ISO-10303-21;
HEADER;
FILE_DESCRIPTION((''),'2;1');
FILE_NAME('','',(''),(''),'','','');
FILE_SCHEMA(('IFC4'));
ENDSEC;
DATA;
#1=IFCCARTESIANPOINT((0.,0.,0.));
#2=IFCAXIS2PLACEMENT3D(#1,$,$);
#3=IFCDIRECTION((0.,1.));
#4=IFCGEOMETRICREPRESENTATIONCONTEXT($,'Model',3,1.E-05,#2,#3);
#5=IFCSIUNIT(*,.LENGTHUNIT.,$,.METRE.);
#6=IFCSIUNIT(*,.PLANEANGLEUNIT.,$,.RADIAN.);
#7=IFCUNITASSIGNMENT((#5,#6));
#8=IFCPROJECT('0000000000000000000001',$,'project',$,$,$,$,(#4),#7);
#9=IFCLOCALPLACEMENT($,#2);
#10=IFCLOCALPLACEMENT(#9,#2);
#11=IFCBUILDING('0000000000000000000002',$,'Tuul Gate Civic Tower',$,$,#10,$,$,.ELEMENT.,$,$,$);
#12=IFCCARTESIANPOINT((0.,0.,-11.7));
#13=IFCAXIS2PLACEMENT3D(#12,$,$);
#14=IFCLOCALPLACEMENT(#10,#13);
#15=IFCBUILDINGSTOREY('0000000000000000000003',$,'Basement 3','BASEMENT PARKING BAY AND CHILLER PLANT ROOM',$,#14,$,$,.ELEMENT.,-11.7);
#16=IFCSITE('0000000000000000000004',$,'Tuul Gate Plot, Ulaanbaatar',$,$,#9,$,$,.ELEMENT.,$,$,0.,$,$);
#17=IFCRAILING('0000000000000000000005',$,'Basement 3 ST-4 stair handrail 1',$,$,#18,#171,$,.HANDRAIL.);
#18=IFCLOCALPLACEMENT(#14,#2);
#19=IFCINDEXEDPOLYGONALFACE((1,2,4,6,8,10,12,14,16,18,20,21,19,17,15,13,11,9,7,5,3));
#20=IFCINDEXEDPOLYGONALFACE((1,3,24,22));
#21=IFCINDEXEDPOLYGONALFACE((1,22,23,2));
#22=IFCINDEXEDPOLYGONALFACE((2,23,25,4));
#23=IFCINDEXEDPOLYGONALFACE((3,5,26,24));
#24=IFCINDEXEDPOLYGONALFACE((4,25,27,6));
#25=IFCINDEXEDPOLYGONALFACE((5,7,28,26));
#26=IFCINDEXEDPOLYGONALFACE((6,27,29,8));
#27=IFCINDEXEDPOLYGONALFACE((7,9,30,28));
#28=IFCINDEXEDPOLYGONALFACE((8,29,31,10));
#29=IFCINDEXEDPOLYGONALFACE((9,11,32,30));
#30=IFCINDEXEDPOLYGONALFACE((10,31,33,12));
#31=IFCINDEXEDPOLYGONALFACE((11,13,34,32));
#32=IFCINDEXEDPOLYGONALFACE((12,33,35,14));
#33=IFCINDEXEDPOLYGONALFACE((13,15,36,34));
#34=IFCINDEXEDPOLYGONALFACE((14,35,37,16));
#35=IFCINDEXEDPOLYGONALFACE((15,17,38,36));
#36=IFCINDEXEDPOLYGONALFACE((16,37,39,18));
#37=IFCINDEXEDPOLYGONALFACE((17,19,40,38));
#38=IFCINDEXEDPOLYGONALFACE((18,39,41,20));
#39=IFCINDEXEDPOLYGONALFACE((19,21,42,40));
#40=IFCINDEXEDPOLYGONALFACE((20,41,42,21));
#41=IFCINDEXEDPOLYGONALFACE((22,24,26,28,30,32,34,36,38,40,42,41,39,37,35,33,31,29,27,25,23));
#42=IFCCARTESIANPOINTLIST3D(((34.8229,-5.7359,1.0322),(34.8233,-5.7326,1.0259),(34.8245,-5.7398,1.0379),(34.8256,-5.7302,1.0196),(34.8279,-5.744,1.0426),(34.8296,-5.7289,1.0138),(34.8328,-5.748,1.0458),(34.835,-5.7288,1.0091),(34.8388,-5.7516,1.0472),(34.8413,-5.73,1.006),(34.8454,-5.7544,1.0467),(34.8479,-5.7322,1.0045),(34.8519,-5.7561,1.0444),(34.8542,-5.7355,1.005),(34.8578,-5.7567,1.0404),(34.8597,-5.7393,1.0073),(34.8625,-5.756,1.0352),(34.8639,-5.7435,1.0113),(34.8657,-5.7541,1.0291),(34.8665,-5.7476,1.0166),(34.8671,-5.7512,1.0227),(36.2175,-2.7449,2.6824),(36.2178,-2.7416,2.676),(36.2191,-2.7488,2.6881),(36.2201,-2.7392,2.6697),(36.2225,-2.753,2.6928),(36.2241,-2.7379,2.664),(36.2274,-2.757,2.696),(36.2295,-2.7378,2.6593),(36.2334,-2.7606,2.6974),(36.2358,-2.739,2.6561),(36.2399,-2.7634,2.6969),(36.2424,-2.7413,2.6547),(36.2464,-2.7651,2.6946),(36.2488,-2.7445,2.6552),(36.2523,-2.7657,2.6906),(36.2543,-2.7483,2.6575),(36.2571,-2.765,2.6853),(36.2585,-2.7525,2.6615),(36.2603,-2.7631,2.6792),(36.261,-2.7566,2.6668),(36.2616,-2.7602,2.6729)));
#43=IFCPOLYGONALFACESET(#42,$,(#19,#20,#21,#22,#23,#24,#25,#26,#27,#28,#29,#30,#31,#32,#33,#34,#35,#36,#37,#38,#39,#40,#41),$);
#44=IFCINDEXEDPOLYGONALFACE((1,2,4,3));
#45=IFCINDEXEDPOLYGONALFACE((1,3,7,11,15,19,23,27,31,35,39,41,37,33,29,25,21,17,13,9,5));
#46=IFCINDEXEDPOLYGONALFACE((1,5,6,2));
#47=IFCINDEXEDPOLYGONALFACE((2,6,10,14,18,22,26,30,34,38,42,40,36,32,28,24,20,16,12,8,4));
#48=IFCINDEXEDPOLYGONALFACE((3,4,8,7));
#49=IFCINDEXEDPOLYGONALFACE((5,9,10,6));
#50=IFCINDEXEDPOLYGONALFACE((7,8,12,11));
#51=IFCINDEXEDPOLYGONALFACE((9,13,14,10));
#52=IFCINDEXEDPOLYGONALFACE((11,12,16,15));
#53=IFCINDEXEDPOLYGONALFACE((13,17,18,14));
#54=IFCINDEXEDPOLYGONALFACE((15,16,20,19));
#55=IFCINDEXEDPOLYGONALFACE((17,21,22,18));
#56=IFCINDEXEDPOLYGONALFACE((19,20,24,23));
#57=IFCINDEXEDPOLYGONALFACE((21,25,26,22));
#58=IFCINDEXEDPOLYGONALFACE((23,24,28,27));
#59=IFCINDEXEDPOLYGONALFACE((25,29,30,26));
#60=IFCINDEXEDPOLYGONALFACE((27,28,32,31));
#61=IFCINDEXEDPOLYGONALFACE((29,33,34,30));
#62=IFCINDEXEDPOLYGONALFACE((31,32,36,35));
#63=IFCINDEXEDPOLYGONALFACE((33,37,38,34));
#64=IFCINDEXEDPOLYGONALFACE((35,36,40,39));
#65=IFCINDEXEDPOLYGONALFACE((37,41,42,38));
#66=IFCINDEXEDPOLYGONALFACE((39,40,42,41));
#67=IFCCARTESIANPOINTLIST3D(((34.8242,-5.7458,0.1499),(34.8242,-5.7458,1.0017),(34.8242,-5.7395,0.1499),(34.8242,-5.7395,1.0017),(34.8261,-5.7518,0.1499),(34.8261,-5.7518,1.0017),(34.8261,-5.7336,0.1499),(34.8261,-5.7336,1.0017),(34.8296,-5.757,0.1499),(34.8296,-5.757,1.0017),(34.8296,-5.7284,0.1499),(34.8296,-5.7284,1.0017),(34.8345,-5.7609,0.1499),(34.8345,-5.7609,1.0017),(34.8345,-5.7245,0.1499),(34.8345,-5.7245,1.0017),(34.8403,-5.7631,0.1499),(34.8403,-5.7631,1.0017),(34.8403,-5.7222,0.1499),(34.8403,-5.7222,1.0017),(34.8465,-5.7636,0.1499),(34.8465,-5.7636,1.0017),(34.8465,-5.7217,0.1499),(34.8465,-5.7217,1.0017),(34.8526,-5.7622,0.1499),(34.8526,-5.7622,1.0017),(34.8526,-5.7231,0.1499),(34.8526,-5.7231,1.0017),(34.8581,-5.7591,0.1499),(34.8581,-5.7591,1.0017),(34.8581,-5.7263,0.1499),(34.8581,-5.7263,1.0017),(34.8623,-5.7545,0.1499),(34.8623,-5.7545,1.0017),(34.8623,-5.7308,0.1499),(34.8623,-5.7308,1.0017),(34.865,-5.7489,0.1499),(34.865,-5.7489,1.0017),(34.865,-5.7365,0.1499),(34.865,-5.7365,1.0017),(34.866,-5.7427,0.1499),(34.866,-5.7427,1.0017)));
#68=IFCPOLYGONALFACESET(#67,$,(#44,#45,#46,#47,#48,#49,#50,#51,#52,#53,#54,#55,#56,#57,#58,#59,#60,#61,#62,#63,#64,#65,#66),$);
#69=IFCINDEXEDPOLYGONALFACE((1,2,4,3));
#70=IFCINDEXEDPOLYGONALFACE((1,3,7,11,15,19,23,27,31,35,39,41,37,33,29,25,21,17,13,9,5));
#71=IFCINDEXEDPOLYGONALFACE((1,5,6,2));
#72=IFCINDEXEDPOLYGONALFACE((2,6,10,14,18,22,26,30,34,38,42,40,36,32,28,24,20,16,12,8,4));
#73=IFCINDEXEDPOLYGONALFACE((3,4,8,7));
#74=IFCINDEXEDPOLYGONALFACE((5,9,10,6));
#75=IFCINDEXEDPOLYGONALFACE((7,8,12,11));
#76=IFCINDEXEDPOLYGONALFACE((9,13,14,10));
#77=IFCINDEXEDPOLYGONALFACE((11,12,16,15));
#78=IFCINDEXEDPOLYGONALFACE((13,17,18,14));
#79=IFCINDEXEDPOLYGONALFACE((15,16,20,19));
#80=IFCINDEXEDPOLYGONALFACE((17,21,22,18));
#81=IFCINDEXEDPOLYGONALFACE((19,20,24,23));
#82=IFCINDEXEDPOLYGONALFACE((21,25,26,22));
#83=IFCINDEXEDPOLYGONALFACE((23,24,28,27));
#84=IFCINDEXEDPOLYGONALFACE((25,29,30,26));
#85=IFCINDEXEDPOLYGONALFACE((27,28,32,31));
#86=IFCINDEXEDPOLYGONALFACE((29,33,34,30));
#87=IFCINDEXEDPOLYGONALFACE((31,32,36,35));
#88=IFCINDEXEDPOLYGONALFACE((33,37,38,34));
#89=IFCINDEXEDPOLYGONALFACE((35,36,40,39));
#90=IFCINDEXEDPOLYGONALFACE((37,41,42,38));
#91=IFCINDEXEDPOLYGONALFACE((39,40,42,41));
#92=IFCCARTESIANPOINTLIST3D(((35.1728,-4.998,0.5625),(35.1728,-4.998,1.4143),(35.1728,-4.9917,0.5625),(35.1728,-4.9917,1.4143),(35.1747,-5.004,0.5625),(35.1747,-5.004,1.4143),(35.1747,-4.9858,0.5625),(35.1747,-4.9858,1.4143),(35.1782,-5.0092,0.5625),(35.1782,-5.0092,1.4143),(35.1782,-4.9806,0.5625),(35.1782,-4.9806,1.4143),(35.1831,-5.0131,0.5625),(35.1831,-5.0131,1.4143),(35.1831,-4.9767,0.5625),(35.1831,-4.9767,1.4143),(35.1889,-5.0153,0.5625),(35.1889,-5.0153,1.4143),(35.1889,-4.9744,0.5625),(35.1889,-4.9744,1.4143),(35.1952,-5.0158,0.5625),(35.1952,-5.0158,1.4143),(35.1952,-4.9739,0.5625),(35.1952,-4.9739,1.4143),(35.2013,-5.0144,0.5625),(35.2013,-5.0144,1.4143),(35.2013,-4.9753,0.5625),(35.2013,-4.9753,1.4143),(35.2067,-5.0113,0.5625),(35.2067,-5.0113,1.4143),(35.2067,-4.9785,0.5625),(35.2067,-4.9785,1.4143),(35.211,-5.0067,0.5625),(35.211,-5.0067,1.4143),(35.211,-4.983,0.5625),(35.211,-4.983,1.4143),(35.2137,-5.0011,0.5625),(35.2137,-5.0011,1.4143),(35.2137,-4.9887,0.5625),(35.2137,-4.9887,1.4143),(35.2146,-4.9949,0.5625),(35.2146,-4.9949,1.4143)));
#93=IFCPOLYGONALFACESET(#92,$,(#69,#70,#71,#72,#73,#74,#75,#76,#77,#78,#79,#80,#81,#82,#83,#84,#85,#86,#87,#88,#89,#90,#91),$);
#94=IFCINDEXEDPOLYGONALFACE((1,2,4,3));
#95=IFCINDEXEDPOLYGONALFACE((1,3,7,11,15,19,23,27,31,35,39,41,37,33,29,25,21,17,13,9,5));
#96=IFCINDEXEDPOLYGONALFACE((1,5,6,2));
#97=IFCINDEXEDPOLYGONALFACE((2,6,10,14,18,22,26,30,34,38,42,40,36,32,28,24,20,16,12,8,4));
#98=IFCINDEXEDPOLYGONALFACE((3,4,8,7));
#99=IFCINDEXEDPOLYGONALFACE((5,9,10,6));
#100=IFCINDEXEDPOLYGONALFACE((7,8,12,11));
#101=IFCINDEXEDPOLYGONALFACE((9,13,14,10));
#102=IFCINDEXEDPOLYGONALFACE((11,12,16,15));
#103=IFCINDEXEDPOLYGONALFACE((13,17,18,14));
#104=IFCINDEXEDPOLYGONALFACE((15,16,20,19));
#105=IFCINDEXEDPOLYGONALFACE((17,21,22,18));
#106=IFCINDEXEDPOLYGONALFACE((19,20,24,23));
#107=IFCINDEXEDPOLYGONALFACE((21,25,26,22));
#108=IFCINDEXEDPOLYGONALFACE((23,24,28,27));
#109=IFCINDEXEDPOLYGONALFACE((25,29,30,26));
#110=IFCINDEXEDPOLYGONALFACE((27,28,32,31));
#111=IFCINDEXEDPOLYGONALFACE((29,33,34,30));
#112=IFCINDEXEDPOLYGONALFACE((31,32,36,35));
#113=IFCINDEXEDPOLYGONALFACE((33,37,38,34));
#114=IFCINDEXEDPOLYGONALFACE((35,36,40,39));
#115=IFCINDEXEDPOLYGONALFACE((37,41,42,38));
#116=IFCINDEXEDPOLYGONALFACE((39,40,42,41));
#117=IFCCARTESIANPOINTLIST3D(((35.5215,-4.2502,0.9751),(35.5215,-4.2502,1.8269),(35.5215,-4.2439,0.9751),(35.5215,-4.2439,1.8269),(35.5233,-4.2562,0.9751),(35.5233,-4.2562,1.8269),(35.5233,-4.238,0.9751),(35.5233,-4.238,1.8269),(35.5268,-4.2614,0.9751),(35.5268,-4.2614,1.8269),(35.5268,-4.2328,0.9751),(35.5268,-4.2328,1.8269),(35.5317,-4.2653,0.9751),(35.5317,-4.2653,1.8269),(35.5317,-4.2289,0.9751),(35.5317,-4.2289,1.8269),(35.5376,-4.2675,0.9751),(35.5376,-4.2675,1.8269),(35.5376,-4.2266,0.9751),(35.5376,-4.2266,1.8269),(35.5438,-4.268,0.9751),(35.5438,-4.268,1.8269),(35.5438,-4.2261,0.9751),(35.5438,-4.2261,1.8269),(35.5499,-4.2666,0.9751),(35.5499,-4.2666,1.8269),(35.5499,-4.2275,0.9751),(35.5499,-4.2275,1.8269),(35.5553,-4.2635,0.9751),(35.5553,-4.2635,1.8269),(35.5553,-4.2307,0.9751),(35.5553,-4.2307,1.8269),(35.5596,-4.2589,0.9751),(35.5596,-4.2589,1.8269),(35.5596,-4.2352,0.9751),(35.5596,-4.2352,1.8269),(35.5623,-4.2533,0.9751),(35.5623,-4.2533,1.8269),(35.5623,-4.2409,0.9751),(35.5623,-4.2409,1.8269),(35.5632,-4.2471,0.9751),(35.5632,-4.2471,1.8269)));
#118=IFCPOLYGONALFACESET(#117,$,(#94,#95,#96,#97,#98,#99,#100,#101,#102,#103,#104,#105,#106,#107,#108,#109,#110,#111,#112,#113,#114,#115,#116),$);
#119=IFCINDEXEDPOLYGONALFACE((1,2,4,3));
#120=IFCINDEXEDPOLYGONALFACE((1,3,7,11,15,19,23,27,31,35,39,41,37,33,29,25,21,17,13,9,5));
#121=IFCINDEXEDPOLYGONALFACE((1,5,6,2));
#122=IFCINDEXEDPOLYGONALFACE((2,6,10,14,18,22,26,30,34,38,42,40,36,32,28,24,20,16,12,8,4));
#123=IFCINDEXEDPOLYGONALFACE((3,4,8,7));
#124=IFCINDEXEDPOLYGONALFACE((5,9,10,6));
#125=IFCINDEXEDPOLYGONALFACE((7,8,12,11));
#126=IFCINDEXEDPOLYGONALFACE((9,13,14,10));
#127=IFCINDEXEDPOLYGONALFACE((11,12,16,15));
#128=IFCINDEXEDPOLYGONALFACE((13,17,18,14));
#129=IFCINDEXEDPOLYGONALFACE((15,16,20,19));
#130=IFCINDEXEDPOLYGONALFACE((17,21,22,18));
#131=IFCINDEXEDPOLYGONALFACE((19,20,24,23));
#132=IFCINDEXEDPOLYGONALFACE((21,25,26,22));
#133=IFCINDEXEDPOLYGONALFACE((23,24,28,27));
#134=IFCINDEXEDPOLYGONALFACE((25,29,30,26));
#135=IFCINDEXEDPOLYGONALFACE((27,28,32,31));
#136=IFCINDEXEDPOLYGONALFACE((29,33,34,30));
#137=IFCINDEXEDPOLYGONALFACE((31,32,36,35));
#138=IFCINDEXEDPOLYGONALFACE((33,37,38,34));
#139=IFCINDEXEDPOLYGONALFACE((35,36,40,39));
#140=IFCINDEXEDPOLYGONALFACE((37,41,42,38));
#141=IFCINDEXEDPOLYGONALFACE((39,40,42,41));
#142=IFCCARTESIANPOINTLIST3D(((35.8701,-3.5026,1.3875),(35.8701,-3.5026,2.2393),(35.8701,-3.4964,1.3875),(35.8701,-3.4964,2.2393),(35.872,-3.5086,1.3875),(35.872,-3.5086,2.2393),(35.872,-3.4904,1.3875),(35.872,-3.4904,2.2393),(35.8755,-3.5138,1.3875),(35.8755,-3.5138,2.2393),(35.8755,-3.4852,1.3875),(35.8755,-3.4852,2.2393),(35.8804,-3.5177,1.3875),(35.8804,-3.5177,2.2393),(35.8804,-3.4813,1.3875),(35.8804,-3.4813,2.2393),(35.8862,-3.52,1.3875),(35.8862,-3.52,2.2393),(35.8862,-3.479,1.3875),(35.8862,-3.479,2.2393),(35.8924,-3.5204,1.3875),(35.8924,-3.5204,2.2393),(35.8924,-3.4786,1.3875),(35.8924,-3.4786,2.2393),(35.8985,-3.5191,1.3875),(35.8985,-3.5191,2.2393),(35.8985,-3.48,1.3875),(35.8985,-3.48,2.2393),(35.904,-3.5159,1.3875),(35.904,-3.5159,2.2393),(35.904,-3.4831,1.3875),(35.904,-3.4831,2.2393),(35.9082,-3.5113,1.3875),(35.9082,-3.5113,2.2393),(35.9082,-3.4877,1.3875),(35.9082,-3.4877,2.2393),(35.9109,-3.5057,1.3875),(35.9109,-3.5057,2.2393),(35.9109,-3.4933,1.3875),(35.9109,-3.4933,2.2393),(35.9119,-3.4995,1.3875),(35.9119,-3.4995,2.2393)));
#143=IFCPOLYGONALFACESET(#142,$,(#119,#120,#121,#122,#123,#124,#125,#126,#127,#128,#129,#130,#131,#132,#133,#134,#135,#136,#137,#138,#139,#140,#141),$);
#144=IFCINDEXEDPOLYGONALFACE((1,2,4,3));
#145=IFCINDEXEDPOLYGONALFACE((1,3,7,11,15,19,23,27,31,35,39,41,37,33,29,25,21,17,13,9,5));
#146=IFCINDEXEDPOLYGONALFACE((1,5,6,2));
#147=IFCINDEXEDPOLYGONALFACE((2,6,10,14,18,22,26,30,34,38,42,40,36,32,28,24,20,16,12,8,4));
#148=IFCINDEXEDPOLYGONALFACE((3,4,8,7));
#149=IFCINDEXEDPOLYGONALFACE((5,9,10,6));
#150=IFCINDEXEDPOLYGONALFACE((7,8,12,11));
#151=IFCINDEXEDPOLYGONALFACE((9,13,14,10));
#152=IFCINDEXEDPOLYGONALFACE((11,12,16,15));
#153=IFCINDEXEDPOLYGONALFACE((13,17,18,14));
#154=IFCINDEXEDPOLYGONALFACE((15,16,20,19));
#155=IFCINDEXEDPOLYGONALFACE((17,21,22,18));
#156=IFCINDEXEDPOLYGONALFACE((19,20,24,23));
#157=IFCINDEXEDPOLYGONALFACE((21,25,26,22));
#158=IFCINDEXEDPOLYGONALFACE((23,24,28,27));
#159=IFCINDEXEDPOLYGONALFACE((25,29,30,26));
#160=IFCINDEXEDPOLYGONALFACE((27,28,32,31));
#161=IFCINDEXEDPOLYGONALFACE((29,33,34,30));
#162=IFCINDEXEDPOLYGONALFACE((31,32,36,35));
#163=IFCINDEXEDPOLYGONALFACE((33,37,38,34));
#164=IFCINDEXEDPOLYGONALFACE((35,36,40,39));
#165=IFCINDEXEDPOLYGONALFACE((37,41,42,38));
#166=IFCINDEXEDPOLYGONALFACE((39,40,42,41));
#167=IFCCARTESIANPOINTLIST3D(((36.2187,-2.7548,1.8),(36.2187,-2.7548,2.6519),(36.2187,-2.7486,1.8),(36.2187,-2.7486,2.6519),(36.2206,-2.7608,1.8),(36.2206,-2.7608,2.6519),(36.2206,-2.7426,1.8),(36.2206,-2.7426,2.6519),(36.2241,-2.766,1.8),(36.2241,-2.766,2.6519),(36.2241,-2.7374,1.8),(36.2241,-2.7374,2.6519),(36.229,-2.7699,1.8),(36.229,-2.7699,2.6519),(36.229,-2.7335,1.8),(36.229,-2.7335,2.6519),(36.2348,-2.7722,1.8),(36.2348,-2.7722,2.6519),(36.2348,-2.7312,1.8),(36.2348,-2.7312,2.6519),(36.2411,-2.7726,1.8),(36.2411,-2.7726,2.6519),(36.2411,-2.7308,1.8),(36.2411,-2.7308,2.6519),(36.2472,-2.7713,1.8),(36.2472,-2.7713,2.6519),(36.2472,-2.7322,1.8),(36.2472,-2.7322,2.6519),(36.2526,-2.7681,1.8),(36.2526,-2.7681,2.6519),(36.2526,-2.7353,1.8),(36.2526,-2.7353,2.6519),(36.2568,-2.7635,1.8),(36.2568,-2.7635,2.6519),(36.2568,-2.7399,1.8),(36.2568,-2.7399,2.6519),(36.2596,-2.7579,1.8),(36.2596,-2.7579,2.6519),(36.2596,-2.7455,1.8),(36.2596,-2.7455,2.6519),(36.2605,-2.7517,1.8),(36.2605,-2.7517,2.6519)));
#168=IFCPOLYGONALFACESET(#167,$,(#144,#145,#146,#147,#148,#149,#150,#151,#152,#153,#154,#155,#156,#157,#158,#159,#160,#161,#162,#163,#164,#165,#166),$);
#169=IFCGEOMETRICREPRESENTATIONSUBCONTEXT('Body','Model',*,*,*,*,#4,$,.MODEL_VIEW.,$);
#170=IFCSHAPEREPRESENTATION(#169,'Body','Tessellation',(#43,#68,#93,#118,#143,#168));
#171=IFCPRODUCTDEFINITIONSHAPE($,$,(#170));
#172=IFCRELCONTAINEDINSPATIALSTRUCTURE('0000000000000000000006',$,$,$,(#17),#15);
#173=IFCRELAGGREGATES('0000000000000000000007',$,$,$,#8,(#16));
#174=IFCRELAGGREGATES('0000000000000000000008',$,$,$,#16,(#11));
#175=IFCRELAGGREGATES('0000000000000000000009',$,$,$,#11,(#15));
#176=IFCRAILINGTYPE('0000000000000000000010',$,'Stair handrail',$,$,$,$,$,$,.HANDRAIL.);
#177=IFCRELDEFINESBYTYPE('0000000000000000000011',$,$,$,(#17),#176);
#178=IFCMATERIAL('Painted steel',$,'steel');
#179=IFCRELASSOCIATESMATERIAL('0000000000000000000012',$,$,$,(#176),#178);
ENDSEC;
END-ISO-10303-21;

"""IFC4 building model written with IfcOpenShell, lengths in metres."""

from ifc_helpers import new_model, si_unit, direction, frame, origin, origin_2d, place, context, subcontext, project, spatial, circle, extrude, material, type_object, element, save


model = new_model("IFC4")

# Units and contexts
model_context = context("Model", 3, precision=1e-05, world=origin(), true_north=direction((0.0, 1.0)))
body_context = subcontext(model_context, "Body", "Model", "MODEL_VIEW")
ifc_project = project(units=[si_unit("LENGTHUNIT", "METRE"), si_unit("PLANEANGLEUNIT", "RADIAN")], contexts=[model_context])

# Site, building, storey
site_placement = place(None, origin())
site = spatial("IfcSite", under=ifc_project, at=site_placement, Name="Tuul Gate Plot, Ulaanbaatar", CompositionType="ELEMENT", RefElevation=0.0)
building_placement = place(site_placement, origin())
building = spatial("IfcBuilding", under=site, at=building_placement, Name="Tuul Gate Civic Tower", CompositionType="ELEMENT")
storey_placement = place(building_placement, frame((0.0, 0.0, -11.7)))
storey = spatial("IfcBuildingStorey", under=building, at=storey_placement, Name="Basement 3", Description="BASEMENT PARKING BAY AND CHILLER PLANT ROOM", CompositionType="ELEMENT", Elevation=-11.7)

# Railing
ifc_material_1 = material(Name="Painted steel", Category="steel")
railing_type_1 = type_object("IfcRailingType", Name="Stair handrail", PredefinedType="HANDRAIL", material=ifc_material_1)
railing_1_placement = place(storey_placement, frame((34.845, -5.7427, 0.1499)))
element("IfcRailing", 1, at=railing_1_placement, inside=storey, type_object=railing_type_1, Name="Basement 3 ST-4 stair handrail 1", PredefinedType="HANDRAIL", context=body_context, shape_type="SweptSolid", body=[
    extrude(circle(Radius=0.0239, at=origin_2d()), frame((0.0, 0.0, 0.876), z_axis=(0.377957, 0.810635, 0.447236), x_axis=(-0.906329, 0.422574, 0.0)), (0.0, 0.0, 1.0), 3.6897),
    extrude(circle(Radius=0.021, at=origin_2d()), origin(), (0.0, 0.0, 1.0), 0.8518),
    extrude(circle(Radius=0.021, at=origin_2d()), frame((0.3486, 0.7478, 0.4126)), (0.0, 0.0, 1.0), 0.8518),
    extrude(circle(Radius=0.021, at=origin_2d()), frame((0.6973, 1.4956, 0.8252)), (0.0, 0.0, 1.0), 0.8518),
    extrude(circle(Radius=0.021, at=origin_2d()), frame((1.0459, 2.2432, 1.2375)), (0.0, 0.0, 1.0), 0.8518),
    extrude(circle(Radius=0.021, at=origin_2d()), frame((1.3945, 2.991, 1.6501)), (0.0, 0.0, 1.0), 0.8518),
])

save(model, "model.ifc")
